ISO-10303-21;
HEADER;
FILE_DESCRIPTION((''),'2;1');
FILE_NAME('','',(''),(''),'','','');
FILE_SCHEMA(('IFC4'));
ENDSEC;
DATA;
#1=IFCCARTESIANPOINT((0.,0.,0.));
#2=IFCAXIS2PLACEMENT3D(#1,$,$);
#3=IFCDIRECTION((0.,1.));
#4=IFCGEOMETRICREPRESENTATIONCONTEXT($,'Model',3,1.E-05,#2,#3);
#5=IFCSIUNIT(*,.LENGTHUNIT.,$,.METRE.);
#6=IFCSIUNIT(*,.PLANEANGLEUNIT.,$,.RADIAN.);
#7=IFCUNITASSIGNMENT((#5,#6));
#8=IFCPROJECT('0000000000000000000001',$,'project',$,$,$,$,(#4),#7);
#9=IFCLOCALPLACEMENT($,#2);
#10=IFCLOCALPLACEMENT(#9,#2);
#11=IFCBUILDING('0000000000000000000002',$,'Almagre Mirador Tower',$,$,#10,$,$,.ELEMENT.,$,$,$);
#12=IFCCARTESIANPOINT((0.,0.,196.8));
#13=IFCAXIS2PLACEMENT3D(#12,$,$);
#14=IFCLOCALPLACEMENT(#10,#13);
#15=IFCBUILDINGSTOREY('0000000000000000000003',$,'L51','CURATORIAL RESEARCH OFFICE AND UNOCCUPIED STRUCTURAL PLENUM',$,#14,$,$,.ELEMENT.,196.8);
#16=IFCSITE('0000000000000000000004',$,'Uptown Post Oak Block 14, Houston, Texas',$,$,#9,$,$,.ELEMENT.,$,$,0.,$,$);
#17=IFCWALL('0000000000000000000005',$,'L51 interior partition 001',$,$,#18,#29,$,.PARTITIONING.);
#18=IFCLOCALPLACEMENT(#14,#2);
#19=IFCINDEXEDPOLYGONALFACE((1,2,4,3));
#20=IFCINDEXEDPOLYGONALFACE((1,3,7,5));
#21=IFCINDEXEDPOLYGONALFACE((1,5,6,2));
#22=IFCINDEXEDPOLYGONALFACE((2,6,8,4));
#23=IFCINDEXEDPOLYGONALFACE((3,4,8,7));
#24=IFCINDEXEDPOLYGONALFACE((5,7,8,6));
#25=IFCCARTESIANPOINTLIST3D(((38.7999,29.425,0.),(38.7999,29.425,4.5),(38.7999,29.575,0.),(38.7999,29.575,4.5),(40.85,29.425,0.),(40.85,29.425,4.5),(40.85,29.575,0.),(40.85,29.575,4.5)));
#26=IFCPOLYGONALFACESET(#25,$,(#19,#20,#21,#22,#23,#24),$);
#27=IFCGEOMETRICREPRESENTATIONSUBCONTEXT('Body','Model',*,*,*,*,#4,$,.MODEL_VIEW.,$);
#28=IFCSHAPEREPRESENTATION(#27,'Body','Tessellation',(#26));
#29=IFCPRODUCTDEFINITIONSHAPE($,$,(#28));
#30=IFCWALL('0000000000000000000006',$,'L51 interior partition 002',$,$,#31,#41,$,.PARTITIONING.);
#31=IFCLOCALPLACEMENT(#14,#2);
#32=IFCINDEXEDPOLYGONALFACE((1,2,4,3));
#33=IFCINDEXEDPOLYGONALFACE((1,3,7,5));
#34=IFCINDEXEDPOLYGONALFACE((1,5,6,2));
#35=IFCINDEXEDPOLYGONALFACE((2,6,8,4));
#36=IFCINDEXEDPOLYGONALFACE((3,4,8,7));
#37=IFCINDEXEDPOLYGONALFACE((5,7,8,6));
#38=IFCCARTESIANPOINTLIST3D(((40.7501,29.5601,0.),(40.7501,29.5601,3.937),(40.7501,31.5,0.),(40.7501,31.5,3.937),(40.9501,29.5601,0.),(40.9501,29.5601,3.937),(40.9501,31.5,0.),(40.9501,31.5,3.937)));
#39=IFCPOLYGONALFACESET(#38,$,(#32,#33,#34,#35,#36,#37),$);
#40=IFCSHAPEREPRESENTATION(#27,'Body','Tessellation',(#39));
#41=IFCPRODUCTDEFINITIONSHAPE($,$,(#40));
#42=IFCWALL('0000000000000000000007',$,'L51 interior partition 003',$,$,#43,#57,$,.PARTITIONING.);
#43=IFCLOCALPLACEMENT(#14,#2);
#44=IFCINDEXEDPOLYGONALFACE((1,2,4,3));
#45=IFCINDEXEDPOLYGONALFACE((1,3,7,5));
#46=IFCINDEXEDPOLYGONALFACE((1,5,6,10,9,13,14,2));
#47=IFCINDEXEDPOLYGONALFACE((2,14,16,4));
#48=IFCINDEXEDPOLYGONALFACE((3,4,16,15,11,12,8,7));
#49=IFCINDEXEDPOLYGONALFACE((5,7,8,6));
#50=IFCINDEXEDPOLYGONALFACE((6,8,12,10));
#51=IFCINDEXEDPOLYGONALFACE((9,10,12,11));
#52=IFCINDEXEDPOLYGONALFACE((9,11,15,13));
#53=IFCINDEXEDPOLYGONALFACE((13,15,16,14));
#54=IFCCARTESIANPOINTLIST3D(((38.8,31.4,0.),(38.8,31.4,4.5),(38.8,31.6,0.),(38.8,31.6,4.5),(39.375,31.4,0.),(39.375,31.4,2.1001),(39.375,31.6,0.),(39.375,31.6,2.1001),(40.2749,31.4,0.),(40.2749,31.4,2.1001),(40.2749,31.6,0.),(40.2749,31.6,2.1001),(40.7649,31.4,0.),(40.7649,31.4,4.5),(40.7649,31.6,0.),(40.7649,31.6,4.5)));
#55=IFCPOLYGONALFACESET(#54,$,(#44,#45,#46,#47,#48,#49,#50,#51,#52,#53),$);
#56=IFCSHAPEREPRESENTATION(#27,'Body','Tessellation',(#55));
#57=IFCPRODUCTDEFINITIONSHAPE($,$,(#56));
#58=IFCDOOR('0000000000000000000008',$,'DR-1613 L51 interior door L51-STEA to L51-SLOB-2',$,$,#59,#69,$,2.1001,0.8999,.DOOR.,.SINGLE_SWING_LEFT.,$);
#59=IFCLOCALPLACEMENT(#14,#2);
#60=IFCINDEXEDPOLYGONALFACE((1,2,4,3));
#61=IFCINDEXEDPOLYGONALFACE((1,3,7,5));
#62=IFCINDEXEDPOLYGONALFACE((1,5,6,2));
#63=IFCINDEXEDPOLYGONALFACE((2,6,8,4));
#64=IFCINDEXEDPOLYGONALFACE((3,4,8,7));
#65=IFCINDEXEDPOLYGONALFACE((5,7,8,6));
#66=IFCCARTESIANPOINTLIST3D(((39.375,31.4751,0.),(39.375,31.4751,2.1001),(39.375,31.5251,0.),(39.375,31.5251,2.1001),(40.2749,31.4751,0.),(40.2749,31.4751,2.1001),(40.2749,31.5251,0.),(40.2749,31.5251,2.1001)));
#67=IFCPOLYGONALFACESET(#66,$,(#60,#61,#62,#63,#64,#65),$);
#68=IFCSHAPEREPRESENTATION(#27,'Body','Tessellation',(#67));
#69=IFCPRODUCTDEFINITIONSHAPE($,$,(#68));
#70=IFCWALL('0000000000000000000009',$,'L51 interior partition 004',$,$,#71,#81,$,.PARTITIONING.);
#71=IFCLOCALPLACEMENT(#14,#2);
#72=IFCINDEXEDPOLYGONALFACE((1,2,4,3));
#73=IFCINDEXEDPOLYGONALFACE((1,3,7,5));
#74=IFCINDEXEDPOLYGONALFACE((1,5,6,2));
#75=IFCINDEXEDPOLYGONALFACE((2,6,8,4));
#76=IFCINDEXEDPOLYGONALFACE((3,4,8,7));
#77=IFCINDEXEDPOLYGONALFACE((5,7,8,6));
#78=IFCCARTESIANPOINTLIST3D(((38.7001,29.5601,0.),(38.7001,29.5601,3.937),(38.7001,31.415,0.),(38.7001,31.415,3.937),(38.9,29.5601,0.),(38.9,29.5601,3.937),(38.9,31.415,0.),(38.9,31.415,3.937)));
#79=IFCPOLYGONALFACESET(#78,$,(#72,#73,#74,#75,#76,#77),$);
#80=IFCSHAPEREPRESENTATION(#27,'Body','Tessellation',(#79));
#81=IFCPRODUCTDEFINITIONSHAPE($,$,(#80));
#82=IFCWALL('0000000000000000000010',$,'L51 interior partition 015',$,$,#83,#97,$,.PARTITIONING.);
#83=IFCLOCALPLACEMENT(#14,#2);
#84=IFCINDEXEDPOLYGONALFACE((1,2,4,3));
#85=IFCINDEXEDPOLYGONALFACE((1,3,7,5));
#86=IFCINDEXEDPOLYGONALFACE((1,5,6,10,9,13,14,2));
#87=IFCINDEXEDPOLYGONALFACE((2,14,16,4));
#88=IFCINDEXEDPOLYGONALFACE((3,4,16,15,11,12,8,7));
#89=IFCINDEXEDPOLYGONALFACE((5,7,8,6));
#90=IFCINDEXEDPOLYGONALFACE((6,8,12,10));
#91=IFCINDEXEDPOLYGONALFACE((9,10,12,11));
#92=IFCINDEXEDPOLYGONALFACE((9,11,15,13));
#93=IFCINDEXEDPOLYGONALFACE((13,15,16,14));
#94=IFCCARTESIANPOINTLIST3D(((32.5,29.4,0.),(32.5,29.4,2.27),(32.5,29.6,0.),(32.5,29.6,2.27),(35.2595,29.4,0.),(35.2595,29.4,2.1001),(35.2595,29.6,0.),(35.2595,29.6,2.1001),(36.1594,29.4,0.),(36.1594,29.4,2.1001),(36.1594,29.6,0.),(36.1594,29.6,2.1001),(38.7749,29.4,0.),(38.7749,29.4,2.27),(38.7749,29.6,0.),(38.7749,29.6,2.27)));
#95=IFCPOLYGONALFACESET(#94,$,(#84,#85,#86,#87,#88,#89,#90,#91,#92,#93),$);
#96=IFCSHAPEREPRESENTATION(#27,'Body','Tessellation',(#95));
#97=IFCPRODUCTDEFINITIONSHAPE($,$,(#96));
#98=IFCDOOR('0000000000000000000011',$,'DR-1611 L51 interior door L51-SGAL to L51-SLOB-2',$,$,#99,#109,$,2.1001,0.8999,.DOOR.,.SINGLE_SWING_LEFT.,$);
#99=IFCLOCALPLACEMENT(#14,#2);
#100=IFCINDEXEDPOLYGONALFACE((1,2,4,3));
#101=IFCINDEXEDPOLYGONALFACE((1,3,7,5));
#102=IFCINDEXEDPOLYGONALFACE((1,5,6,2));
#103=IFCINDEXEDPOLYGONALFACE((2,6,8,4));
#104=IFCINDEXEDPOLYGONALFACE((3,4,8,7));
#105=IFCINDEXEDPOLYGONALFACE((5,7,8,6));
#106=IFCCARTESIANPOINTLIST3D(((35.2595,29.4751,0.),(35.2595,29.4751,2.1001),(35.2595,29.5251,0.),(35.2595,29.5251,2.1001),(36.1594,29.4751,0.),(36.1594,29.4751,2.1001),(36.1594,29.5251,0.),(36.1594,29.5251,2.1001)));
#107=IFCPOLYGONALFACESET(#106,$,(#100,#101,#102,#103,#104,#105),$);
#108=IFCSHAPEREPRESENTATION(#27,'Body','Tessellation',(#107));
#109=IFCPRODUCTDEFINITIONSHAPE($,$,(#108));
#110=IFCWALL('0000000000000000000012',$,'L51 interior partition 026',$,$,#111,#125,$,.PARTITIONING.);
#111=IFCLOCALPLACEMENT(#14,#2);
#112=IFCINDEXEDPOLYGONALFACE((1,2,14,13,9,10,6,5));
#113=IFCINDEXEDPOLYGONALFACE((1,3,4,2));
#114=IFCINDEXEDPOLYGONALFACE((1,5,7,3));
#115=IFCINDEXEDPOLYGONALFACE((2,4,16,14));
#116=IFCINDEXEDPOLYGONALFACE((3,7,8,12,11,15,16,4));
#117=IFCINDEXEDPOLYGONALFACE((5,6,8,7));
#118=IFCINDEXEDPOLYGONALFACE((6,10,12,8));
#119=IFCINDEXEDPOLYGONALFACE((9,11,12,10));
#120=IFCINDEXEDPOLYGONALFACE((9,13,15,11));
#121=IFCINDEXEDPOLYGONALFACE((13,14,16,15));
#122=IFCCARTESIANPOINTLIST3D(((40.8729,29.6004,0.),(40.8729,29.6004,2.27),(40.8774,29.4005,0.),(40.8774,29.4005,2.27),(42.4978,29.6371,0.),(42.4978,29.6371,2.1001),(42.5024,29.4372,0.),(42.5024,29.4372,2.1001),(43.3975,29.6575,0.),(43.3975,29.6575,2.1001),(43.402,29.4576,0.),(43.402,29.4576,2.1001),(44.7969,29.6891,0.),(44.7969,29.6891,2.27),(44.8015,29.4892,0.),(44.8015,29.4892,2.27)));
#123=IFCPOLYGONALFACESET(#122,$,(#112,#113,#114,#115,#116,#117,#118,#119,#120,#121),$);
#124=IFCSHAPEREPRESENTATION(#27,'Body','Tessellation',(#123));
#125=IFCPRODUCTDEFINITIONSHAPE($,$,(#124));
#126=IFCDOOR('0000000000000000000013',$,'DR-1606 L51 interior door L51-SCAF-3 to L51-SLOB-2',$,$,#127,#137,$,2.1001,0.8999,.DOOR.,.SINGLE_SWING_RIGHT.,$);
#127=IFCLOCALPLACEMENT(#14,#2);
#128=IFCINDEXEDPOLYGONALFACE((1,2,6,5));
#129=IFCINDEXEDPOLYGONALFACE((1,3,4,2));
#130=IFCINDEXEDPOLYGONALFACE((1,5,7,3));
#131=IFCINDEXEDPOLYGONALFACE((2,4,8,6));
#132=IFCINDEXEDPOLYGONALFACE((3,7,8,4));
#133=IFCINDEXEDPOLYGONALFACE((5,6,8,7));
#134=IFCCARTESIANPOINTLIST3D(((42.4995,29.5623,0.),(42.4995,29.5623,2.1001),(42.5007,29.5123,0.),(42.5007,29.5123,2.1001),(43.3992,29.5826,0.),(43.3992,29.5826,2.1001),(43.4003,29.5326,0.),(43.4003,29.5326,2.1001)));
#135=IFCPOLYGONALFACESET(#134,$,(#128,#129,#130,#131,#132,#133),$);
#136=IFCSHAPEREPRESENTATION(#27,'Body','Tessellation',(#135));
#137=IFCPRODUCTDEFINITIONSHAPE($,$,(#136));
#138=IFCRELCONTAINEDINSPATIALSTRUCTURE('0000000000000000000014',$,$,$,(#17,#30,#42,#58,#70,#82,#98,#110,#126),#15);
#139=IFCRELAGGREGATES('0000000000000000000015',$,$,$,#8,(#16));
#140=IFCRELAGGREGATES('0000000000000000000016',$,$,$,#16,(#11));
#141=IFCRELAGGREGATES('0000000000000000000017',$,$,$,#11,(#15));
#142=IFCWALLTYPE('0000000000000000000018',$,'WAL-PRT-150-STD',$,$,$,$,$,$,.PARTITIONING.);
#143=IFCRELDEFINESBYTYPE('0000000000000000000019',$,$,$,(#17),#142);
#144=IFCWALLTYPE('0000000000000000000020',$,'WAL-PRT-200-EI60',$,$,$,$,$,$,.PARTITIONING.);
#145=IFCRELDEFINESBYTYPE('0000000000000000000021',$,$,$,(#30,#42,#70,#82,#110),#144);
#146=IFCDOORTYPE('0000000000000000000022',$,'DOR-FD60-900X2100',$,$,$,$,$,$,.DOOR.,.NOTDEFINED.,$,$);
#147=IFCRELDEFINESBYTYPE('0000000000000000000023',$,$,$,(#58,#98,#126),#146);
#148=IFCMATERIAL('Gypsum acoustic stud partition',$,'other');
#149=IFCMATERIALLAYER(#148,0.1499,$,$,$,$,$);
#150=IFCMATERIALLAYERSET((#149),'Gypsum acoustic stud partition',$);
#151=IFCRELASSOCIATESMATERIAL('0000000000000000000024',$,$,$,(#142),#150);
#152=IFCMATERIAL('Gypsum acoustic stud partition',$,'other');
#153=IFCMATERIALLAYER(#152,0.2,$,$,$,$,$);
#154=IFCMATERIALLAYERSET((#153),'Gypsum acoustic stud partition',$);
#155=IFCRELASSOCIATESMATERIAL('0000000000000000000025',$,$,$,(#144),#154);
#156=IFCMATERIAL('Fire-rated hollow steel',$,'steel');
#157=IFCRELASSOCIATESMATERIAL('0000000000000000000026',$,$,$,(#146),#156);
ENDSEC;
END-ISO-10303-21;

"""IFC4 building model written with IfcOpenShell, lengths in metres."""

from ifc_helpers import new_model, si_unit, direction, frame, frame_2d, origin, place, context, subcontext, project, spatial, rectangle, extrude, material, layer, layer_set, type_object, element, fill, save


model = new_model("IFC4")

# Units and contexts
model_context = context("Model", 3, precision=1e-05, world=origin(), true_north=direction((0.0, 1.0)))
body_context = subcontext(model_context, "Body", "Model", "MODEL_VIEW")
ifc_project = project(units=[si_unit("LENGTHUNIT", "METRE"), si_unit("PLANEANGLEUNIT", "RADIAN")], contexts=[model_context])

# Site, building, storey
site_placement = place(None, origin())
site = spatial("IfcSite", under=ifc_project, at=site_placement, Name="Uptown Post Oak Block 14, Houston, Texas", CompositionType="ELEMENT", RefElevation=0.0)
building_placement = place(site_placement, origin())
building = spatial("IfcBuilding", under=site, at=building_placement, Name="Almagre Mirador Tower", CompositionType="ELEMENT")
storey_placement = place(building_placement, frame((0.0, 0.0, 196.8)))
storey = spatial("IfcBuildingStorey", under=building, at=storey_placement, Name="L51", Description="CURATORIAL RESEARCH OFFICE AND UNOCCUPIED STRUCTURAL PLENUM", CompositionType="ELEMENT", Elevation=196.8)

# Walls
ifc_material_1 = material(Name="Gypsum acoustic stud partition", Category="other")
ifc_layer_1 = layer(ifc_material_1, 0.1499)
ifc_layer_set_1 = layer_set([ifc_layer_1], Name="Gypsum acoustic stud partition")
wall_type_1 = type_object("IfcWallType", Name="WAL-PRT-150-STD", PredefinedType="PARTITIONING", material=ifc_layer_set_1)
wall_1_placement = place(storey_placement, frame((38.8, 29.5, 0.0), z_axis=(0.0, 0.0, 1.0), x_axis=(1.0, 0.0, 0.0)))
element("IfcWall", 1, at=wall_1_placement, inside=storey, type_object=wall_type_1, Name="L51 interior partition 001", PredefinedType="PARTITIONING", context=body_context, shape_type="SweptSolid", body=[
    extrude(rectangle(XDim=2.05, YDim=0.1499, at=frame_2d((1.0249, 0.0))), origin(), (0.0, 0.0, 1.0), 4.5),
])
ifc_material_2 = material(Name="Gypsum acoustic stud partition", Category="other")
ifc_layer_2 = layer(ifc_material_2, 0.2)
ifc_layer_set_2 = layer_set([ifc_layer_2], Name="Gypsum acoustic stud partition")
wall_type_2 = type_object("IfcWallType", Name="WAL-PRT-200-EI60", PredefinedType="PARTITIONING", material=ifc_layer_set_2)
wall_2_placement = place(storey_placement, frame((40.8501, 29.5601, 0.0), z_axis=(0.0, 0.0, 1.0), x_axis=(0.0, 1.0, 0.0)))
element("IfcWall", 2, at=wall_2_placement, inside=storey, type_object=wall_type_2, Name="L51 interior partition 002", PredefinedType="PARTITIONING", context=body_context, shape_type="SweptSolid", body=[
    extrude(rectangle(XDim=1.9399, YDim=0.2, at=frame_2d((0.97, 0.0))), origin(), (0.0, 0.0, 1.0), 3.937),
])

# Wall, opening, door
wall_3_placement = place(storey_placement, frame((40.7649, 31.5, 0.0), z_axis=(0.0, 0.0, 1.0), x_axis=(-1.0, 0.0, 0.0)))
wall_3 = element("IfcWall", 3, at=wall_3_placement, inside=storey, type_object=wall_type_2, Name="L51 interior partition 003", PredefinedType="PARTITIONING", context=body_context, shape_type="SweptSolid", body=[
    extrude(rectangle(XDim=1.9648, YDim=0.2, at=frame_2d((0.9824, 0.0))), origin(), (0.0, 0.0, 1.0), 4.5),
])
opening_1_placement = place(wall_3_placement, frame((0.49, 0.0, 0.0)))
opening_1 = element("IfcOpeningElement", 4, at=opening_1_placement, cuts=wall_3, PredefinedType="OPENING", context=body_context, shape_type="SweptSolid", body=[
    extrude(rectangle(XDim=0.8999, YDim=2.1001, at=frame_2d((0.45, 1.05))), frame((0.0, 0.1101, 0.0), z_axis=(0.0, -1.0, 0.0), x_axis=(1.0, 0.0, 0.0)), (0.0, 0.0, 1.0), 0.22),
])
ifc_material_3 = material(Name="Fire-rated hollow steel", Category="steel")
door_type_1 = type_object("IfcDoorType", Name="DOR-FD60-900X2100", OperationType="NOTDEFINED", PredefinedType="DOOR", material=ifc_material_3)
door_1_placement = place(opening_1_placement, origin())
door_1 = element("IfcDoor", 5, at=door_1_placement, inside=storey, type_object=door_type_1, Name="DR-1613 L51 interior door L51-STEA to L51-SLOB-2", OperationType="SINGLE_SWING_LEFT", OverallHeight=2.1001, OverallWidth=0.8999, PredefinedType="DOOR", context=body_context, shape_type="SweptSolid", body=[
    extrude(rectangle(XDim=0.8999, YDim=2.1001, at=frame_2d((0.45, 1.05))), frame((0.0, 0.0249, 0.0), z_axis=(0.0, -1.0, 0.0), x_axis=(1.0, 0.0, 0.0)), (0.0, 0.0, 1.0), 0.05),
])
fill(opening_1, door_1)

# Wall
wall_4_placement = place(storey_placement, frame((38.8, 31.415, 0.0), z_axis=(0.0, 0.0, 1.0), x_axis=(0.0, -1.0, 0.0)))
element("IfcWall", 6, at=wall_4_placement, inside=storey, type_object=wall_type_2, Name="L51 interior partition 004", PredefinedType="PARTITIONING", context=body_context, shape_type="SweptSolid", body=[
    extrude(rectangle(XDim=1.855, YDim=0.2, at=frame_2d((0.9275, 0.0))), origin(), (0.0, 0.0, 1.0), 3.937),
])

# Walls, openings, doors
wall_5_placement = place(storey_placement, frame((38.7749, 29.5, 0.0), z_axis=(0.0, 0.0, 1.0), x_axis=(-1.0, 0.0, 0.0)))
wall_5 = element("IfcWall", 7, at=wall_5_placement, inside=storey, type_object=wall_type_2, Name="L51 interior partition 015", PredefinedType="PARTITIONING", context=body_context, shape_type="SweptSolid", body=[
    extrude(rectangle(XDim=6.2749, YDim=0.2, at=frame_2d((3.1375, 0.0))), origin(), (0.0, 0.0, 1.0), 2.27),
])
opening_2_placement = place(wall_5_placement, frame((2.6155, 0.0, 0.0)))
opening_2 = element("IfcOpeningElement", 8, at=opening_2_placement, cuts=wall_5, PredefinedType="OPENING", context=body_context, shape_type="SweptSolid", body=[
    extrude(rectangle(XDim=0.8999, YDim=2.1001, at=frame_2d((0.45, 1.05))), frame((0.0, 0.1101, 0.0), z_axis=(0.0, -1.0, 0.0), x_axis=(1.0, 0.0, 0.0)), (0.0, 0.0, 1.0), 0.22),
])
door_2_placement = place(opening_2_placement, origin())
door_2 = element("IfcDoor", 9, at=door_2_placement, inside=storey, type_object=door_type_1, Name="DR-1611 L51 interior door L51-SGAL to L51-SLOB-2", OperationType="SINGLE_SWING_LEFT", OverallHeight=2.1001, OverallWidth=0.8999, PredefinedType="DOOR", context=body_context, shape_type="SweptSolid", body=[
    extrude(rectangle(XDim=0.8999, YDim=2.1001, at=frame_2d((0.45, 1.05))), frame((0.0, 0.0249, 0.0), z_axis=(0.0, -1.0, 0.0), x_axis=(1.0, 0.0, 0.0)), (0.0, 0.0, 1.0), 0.05),
])
fill(opening_2, door_2)
wall_6_placement = place(storey_placement, frame((44.7991, 29.5891, 0.0), z_axis=(0.0, 0.0, 1.0), x_axis=(-0.999745, -0.022579, 0.0)))
wall_6 = element("IfcWall", 10, at=wall_6_placement, inside=storey, type_object=wall_type_2, Name="L51 interior partition 026", PredefinedType="PARTITIONING", context=body_context, shape_type="SweptSolid", body=[
    extrude(rectangle(XDim=3.925, YDim=0.2, at=frame_2d((1.9624, 0.0))), origin(), (0.0, 0.0, 1.0), 2.27),
])
opening_3_placement = place(wall_6_placement, frame((1.3997, 0.0, 0.0)))
opening_3 = element("IfcOpeningElement", 11, at=opening_3_placement, cuts=wall_6, PredefinedType="OPENING", context=body_context, shape_type="SweptSolid", body=[
    extrude(rectangle(XDim=0.8999, YDim=2.1001, at=frame_2d((0.45, 1.05))), frame((0.0, 0.1101, 0.0), z_axis=(0.0, -1.0, 0.0), x_axis=(1.0, 0.0, 0.0)), (0.0, 0.0, 1.0), 0.22),
])
door_3_placement = place(opening_3_placement, origin())
door_3 = element("IfcDoor", 12, at=door_3_placement, inside=storey, type_object=door_type_1, Name="DR-1606 L51 interior door L51-SCAF-3 to L51-SLOB-2", OperationType="SINGLE_SWING_RIGHT", OverallHeight=2.1001, OverallWidth=0.8999, PredefinedType="DOOR", context=body_context, shape_type="SweptSolid", body=[
    extrude(rectangle(XDim=0.8999, YDim=2.1001, at=frame_2d((0.45, 1.05))), frame((0.0, 0.0249, 0.0), z_axis=(0.0, -1.0, 0.0), x_axis=(1.0, 0.0, 0.0)), (0.0, 0.0, 1.0), 0.05),
])
fill(opening_3, door_3)

save(model, "model.ifc")
